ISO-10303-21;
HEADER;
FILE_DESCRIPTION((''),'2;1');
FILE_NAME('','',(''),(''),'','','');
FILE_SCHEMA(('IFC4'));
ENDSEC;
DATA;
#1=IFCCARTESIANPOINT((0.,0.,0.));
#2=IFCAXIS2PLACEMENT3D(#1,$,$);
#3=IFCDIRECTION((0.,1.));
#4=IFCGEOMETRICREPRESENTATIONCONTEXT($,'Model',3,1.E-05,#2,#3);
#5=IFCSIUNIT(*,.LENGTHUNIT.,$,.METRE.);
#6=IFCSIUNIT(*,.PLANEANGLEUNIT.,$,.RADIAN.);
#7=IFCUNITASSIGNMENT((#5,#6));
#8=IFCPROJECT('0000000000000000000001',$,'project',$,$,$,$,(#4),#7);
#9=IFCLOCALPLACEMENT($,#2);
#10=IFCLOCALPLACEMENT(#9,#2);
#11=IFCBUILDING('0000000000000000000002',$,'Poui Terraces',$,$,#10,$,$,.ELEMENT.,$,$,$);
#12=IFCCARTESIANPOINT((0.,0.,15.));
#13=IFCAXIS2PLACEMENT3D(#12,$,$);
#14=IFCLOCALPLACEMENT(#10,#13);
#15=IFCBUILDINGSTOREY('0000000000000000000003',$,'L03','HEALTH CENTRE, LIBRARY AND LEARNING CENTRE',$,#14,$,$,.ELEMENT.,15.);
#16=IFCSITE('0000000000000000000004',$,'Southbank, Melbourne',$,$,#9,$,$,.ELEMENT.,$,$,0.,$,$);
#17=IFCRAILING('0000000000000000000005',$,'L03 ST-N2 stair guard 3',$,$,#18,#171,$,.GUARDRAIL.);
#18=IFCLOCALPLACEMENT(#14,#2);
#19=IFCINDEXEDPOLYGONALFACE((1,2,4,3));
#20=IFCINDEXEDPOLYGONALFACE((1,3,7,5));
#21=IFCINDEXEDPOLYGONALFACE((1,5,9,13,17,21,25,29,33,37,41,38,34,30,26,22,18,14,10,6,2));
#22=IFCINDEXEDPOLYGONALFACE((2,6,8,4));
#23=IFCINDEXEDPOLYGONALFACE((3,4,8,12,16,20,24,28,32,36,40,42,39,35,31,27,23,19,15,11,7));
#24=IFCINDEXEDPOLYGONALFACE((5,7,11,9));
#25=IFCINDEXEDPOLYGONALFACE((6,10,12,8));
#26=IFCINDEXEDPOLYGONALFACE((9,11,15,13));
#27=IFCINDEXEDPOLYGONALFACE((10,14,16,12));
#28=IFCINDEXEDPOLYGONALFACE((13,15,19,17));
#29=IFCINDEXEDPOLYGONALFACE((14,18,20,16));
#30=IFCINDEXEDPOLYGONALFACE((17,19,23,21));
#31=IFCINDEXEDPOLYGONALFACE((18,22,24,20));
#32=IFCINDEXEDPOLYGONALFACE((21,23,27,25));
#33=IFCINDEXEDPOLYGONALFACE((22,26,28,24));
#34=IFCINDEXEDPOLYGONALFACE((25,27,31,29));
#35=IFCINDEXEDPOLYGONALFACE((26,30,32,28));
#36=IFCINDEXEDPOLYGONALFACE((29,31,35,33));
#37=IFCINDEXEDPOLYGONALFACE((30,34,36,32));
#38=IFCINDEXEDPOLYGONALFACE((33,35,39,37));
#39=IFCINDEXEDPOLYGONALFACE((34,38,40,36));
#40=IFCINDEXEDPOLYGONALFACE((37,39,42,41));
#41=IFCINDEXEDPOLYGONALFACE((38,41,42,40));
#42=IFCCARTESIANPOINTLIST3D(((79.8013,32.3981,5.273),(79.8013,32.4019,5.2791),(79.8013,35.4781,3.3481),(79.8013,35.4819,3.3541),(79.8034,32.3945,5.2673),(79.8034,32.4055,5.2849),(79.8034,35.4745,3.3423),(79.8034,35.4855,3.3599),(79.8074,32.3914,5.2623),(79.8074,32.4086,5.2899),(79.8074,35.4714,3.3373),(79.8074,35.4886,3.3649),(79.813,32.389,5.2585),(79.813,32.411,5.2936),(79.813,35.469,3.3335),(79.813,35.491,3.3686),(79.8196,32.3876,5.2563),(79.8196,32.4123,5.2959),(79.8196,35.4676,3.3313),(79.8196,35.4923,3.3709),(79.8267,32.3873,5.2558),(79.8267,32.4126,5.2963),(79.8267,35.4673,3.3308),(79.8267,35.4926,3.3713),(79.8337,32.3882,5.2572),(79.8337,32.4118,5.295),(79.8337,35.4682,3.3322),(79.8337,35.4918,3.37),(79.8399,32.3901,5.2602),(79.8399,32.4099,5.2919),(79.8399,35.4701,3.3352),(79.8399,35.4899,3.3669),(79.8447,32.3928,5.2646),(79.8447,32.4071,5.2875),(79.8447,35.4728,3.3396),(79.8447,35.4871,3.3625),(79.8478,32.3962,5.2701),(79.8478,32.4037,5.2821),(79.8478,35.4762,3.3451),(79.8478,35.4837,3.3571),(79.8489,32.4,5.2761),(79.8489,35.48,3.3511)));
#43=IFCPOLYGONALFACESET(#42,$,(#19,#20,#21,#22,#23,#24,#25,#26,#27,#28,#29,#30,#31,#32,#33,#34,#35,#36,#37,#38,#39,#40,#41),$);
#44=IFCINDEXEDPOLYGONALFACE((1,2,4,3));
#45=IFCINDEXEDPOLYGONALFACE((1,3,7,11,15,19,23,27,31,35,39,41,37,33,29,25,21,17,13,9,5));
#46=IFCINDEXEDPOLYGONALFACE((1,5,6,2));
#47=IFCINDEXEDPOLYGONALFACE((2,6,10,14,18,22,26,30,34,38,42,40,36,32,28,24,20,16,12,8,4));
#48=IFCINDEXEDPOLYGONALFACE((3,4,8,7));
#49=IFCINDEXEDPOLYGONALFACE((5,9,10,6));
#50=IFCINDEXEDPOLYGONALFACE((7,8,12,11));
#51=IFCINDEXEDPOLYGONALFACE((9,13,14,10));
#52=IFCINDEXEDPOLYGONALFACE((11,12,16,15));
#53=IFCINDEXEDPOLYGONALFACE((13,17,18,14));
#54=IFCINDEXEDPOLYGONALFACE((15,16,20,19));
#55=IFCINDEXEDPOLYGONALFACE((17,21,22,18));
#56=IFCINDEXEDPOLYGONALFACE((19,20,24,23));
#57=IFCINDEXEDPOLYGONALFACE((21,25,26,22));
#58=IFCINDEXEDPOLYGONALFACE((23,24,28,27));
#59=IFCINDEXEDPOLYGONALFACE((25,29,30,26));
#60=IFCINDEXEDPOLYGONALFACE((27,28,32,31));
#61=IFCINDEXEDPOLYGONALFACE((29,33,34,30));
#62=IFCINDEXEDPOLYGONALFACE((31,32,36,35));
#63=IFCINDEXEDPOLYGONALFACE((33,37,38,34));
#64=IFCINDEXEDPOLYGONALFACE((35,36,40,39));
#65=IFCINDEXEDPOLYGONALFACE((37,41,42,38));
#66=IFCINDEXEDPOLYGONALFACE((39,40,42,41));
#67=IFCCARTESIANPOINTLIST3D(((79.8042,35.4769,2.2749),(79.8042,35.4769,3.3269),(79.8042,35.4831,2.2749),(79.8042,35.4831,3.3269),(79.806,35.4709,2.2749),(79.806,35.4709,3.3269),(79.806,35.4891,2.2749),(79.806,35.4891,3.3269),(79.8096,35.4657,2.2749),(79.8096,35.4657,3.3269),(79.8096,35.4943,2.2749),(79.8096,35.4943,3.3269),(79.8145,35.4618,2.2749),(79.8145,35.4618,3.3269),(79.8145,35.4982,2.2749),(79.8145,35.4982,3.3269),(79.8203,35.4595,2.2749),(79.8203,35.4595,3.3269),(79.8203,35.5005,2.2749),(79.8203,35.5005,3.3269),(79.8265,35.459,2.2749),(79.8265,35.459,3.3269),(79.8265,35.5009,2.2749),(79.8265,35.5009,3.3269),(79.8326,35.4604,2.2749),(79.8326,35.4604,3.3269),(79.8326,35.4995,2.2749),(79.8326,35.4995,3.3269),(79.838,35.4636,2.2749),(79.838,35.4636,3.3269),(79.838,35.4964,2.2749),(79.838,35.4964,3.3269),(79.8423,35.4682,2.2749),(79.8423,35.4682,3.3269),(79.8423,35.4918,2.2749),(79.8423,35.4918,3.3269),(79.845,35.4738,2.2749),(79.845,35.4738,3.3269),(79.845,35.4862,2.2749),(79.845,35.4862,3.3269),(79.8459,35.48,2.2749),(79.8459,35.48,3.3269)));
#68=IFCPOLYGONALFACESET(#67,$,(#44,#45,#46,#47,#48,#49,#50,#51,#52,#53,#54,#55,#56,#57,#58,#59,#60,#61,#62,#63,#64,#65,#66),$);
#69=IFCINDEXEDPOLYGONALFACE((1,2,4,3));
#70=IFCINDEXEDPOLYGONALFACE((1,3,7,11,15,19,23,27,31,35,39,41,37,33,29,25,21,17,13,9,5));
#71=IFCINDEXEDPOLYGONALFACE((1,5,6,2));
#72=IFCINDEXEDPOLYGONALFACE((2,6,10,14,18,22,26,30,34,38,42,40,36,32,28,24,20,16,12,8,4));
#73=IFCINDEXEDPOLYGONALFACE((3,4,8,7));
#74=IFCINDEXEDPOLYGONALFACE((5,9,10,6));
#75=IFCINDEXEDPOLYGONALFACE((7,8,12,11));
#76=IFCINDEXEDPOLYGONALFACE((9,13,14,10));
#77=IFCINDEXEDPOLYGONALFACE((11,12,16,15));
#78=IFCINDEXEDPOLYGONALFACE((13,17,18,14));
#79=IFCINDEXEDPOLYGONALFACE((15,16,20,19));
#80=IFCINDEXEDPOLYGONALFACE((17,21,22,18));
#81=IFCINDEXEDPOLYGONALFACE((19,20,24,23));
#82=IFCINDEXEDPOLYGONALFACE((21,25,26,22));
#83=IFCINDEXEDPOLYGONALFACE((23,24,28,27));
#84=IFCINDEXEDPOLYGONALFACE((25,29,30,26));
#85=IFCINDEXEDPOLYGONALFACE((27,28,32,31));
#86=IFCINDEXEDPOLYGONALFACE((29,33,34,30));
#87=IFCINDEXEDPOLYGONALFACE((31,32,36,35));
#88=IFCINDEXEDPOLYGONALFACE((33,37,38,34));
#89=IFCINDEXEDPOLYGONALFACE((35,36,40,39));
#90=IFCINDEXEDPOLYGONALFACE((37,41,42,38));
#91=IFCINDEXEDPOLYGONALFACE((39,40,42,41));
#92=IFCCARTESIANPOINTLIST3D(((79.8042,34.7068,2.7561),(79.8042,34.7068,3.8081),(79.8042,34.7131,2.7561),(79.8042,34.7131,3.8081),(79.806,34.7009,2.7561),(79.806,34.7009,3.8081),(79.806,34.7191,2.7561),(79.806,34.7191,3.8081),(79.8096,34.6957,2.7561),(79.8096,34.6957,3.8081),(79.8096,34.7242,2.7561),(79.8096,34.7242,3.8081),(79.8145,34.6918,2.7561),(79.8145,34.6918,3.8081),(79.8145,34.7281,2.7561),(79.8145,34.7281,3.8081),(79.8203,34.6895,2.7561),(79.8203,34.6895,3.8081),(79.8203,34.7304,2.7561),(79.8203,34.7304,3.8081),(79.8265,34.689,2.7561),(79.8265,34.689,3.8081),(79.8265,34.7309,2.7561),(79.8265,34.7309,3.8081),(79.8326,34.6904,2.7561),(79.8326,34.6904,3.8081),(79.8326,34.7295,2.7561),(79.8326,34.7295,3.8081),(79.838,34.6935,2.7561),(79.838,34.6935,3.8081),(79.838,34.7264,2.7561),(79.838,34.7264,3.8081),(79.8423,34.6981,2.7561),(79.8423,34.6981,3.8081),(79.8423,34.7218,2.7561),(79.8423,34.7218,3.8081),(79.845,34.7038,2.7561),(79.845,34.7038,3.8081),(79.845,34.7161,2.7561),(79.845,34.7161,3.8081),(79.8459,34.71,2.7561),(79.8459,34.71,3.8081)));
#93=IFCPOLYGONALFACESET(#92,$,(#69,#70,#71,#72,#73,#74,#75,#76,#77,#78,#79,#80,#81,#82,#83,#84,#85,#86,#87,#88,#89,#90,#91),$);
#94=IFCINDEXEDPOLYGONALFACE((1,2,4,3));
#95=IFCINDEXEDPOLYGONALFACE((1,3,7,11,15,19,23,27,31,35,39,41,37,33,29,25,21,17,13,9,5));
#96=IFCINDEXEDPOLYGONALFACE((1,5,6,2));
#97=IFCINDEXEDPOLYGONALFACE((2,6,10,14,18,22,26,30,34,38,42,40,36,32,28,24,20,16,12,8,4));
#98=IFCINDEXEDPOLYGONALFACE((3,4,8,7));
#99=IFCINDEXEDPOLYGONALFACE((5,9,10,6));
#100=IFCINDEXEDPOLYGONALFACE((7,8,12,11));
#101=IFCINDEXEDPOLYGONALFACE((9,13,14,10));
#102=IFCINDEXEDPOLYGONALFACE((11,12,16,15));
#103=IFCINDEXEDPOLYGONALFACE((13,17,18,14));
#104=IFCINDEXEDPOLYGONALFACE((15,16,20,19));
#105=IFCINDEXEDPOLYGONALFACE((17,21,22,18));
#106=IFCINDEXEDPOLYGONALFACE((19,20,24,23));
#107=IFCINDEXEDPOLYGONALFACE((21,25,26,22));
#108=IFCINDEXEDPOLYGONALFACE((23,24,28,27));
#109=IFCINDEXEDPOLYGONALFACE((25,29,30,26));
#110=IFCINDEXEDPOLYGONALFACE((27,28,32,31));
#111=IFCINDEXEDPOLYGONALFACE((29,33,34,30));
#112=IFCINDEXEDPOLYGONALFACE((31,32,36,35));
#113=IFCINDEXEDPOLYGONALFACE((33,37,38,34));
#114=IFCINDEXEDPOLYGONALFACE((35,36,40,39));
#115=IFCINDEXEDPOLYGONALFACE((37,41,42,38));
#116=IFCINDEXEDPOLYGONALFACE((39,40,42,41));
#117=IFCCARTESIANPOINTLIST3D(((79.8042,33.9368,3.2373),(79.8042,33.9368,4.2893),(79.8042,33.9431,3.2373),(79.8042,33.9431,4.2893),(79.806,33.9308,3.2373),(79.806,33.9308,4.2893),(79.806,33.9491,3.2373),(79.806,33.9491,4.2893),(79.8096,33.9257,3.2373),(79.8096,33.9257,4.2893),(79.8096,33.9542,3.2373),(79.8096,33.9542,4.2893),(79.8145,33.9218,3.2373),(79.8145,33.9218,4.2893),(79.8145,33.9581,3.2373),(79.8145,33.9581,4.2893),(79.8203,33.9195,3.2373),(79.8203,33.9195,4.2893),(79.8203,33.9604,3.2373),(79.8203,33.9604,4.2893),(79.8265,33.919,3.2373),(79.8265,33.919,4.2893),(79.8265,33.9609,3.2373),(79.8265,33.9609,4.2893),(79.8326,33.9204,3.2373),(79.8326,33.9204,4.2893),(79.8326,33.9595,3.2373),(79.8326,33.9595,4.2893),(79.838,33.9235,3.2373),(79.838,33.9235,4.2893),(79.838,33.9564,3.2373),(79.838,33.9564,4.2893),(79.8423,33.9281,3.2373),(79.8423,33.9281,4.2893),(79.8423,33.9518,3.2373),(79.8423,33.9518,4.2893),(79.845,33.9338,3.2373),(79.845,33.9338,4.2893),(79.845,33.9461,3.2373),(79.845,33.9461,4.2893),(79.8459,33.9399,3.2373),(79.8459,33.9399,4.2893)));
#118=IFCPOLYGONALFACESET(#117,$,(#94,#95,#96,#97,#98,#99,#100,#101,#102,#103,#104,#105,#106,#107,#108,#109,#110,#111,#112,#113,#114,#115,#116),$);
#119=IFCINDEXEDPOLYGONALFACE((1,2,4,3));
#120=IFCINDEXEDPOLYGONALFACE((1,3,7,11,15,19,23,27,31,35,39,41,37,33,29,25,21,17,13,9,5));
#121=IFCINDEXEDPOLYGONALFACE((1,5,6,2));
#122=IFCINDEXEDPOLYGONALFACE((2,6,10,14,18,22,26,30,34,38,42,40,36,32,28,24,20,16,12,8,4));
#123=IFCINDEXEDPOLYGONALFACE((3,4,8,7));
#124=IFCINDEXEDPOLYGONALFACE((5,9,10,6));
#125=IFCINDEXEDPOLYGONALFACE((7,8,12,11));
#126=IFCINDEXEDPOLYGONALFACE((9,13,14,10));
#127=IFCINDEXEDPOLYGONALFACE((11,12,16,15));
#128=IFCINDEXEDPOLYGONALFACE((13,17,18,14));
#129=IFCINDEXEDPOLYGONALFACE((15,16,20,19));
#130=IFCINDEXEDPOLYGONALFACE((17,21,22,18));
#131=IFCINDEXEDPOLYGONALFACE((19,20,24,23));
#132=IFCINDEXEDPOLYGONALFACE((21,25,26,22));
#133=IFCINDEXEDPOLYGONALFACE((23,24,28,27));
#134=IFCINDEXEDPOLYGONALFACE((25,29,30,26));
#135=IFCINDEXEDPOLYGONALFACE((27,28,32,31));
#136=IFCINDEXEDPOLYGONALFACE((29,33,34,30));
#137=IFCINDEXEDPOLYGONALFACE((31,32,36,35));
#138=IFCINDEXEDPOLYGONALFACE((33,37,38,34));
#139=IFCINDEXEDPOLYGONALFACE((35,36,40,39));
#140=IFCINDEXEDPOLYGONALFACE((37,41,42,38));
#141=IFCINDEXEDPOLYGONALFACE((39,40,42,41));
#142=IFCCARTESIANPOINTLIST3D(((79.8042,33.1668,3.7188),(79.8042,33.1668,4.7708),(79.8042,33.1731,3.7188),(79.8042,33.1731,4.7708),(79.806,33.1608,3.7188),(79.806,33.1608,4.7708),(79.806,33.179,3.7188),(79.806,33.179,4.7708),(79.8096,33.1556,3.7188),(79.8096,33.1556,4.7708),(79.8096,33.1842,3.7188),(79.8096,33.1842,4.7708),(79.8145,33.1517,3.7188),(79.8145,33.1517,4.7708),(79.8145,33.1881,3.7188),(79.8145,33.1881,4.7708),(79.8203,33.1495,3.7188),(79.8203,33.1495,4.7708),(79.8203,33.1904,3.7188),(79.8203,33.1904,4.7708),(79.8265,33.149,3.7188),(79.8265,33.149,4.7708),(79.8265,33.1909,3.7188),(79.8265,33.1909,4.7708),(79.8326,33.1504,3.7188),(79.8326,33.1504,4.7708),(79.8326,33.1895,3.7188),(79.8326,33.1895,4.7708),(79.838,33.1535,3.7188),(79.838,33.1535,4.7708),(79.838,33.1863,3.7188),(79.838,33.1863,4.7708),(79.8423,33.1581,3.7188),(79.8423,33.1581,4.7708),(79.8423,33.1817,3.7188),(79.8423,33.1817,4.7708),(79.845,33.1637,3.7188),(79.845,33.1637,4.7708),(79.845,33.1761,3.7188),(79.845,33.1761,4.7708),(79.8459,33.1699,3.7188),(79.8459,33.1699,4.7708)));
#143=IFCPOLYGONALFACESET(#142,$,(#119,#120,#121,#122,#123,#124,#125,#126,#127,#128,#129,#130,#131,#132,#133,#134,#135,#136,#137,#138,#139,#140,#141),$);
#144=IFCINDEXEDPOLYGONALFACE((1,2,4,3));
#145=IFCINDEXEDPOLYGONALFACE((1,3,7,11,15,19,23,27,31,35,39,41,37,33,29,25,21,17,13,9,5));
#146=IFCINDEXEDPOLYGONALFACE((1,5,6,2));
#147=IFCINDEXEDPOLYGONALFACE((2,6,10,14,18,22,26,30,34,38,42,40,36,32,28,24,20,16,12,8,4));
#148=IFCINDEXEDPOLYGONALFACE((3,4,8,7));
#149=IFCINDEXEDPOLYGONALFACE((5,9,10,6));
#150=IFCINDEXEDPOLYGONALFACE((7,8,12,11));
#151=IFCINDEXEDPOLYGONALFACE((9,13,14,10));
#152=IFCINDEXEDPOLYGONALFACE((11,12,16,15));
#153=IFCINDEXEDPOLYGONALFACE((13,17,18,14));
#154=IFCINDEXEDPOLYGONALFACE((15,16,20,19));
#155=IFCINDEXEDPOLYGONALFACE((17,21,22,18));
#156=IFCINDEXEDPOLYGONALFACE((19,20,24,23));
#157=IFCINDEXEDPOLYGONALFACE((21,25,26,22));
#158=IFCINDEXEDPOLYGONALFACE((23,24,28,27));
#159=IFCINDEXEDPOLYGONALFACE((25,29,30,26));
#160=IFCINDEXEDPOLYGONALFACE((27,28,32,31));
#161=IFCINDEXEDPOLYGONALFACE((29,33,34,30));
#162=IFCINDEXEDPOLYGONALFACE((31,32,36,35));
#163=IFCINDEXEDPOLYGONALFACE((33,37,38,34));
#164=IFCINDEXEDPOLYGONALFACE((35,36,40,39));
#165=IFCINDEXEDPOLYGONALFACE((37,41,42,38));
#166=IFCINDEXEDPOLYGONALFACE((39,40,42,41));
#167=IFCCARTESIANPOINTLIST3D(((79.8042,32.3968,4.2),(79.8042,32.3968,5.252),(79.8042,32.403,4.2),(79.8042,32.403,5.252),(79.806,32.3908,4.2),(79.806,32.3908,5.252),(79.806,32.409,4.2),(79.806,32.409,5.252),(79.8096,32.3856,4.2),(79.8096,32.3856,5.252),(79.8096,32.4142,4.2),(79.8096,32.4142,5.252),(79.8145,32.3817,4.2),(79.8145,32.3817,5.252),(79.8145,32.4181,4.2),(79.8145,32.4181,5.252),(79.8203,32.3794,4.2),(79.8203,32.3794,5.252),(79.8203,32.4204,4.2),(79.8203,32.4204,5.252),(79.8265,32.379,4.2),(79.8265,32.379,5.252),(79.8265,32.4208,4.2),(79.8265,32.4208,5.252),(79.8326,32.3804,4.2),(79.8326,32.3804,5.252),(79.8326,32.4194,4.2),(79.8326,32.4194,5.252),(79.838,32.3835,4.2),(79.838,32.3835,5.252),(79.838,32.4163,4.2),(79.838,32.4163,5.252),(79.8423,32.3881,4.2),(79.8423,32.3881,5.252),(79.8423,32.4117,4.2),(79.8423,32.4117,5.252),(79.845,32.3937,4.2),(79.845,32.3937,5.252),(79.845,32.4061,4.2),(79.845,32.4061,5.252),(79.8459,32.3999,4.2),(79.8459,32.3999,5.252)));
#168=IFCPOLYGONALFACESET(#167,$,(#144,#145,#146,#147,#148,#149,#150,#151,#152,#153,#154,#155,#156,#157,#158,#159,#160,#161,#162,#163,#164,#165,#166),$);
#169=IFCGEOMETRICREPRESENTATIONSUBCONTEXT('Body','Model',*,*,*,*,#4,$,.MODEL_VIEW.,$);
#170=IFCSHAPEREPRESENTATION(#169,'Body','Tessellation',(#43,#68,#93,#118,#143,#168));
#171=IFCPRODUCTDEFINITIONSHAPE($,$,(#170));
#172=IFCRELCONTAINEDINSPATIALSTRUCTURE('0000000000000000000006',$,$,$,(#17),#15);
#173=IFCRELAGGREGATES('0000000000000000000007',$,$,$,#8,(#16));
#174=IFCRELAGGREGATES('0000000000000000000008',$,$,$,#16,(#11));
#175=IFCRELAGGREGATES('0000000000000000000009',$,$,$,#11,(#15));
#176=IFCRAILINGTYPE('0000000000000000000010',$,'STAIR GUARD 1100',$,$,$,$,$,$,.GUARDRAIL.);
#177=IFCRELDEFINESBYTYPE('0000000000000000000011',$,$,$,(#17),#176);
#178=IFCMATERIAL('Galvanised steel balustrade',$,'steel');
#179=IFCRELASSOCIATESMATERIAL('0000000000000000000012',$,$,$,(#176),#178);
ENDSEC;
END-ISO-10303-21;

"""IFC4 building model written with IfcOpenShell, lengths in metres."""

from ifc_helpers import new_model, si_unit, direction, frame, origin, origin_2d, place, context, subcontext, project, spatial, circle, extrude, material, type_object, element, save


model = new_model("IFC4")

# Units and contexts
model_context = context("Model", 3, precision=1e-05, world=origin(), true_north=direction((0.0, 1.0)))
body_context = subcontext(model_context, "Body", "Model", "MODEL_VIEW")
ifc_project = project(units=[si_unit("LENGTHUNIT", "METRE"), si_unit("PLANEANGLEUNIT", "RADIAN")], contexts=[model_context])

# Site, building, storey
site_placement = place(None, origin())
site = spatial("IfcSite", under=ifc_project, at=site_placement, Name="Southbank, Melbourne", CompositionType="ELEMENT", RefElevation=0.0)
building_placement = place(site_placement, origin())
building = spatial("IfcBuilding", under=site, at=building_placement, Name="Poui Terraces", CompositionType="ELEMENT")
storey_placement = place(building_placement, frame((0.0, 0.0, 15.0)))
storey = spatial("IfcBuildingStorey", under=building, at=storey_placement, Name="L03", Description="HEALTH CENTRE, LIBRARY AND LEARNING CENTRE", CompositionType="ELEMENT", Elevation=15.0)

# Railing
ifc_material_1 = material(Name="Galvanised steel balustrade", Category="steel")
railing_type_1 = type_object("IfcRailingType", Name="STAIR GUARD 1100", PredefinedType="GUARDRAIL", material=ifc_material_1)
railing_1_placement = place(storey_placement, frame((79.825, 35.48, 2.2749)))
element("IfcRailing", 1, at=railing_1_placement, inside=storey, type_object=railing_type_1, Name="L03 ST-N2 stair guard 3", PredefinedType="GUARDRAIL", context=body_context, shape_type="SweptSolid", body=[
    extrude(circle(Radius=0.0239, at=origin_2d()), frame((0.0, 0.0, 1.0762), z_axis=(0.0, -0.847998, 0.529999), x_axis=(1.0, 0.0, 0.0)), (0.0, 0.0, 1.0), 3.6321),
    extrude(circle(Radius=0.021, at=origin_2d()), origin(), (0.0, 0.0, 1.0), 1.052),
    extrude(circle(Radius=0.021, at=origin_2d()), frame((0.0, -0.77, 0.4812)), (0.0, 0.0, 1.0), 1.052),
    extrude(circle(Radius=0.021, at=origin_2d()), frame((0.0, -1.54, 0.9624)), (0.0, 0.0, 1.0), 1.052),
    extrude(circle(Radius=0.021, at=origin_2d()), frame((0.0, -2.3101, 1.4438)), (0.0, 0.0, 1.0), 1.052),
    extrude(circle(Radius=0.021, at=origin_2d()), frame((0.0, -3.0801, 1.925)), (0.0, 0.0, 1.0), 1.052),
])

save(model, "model.ifc")
